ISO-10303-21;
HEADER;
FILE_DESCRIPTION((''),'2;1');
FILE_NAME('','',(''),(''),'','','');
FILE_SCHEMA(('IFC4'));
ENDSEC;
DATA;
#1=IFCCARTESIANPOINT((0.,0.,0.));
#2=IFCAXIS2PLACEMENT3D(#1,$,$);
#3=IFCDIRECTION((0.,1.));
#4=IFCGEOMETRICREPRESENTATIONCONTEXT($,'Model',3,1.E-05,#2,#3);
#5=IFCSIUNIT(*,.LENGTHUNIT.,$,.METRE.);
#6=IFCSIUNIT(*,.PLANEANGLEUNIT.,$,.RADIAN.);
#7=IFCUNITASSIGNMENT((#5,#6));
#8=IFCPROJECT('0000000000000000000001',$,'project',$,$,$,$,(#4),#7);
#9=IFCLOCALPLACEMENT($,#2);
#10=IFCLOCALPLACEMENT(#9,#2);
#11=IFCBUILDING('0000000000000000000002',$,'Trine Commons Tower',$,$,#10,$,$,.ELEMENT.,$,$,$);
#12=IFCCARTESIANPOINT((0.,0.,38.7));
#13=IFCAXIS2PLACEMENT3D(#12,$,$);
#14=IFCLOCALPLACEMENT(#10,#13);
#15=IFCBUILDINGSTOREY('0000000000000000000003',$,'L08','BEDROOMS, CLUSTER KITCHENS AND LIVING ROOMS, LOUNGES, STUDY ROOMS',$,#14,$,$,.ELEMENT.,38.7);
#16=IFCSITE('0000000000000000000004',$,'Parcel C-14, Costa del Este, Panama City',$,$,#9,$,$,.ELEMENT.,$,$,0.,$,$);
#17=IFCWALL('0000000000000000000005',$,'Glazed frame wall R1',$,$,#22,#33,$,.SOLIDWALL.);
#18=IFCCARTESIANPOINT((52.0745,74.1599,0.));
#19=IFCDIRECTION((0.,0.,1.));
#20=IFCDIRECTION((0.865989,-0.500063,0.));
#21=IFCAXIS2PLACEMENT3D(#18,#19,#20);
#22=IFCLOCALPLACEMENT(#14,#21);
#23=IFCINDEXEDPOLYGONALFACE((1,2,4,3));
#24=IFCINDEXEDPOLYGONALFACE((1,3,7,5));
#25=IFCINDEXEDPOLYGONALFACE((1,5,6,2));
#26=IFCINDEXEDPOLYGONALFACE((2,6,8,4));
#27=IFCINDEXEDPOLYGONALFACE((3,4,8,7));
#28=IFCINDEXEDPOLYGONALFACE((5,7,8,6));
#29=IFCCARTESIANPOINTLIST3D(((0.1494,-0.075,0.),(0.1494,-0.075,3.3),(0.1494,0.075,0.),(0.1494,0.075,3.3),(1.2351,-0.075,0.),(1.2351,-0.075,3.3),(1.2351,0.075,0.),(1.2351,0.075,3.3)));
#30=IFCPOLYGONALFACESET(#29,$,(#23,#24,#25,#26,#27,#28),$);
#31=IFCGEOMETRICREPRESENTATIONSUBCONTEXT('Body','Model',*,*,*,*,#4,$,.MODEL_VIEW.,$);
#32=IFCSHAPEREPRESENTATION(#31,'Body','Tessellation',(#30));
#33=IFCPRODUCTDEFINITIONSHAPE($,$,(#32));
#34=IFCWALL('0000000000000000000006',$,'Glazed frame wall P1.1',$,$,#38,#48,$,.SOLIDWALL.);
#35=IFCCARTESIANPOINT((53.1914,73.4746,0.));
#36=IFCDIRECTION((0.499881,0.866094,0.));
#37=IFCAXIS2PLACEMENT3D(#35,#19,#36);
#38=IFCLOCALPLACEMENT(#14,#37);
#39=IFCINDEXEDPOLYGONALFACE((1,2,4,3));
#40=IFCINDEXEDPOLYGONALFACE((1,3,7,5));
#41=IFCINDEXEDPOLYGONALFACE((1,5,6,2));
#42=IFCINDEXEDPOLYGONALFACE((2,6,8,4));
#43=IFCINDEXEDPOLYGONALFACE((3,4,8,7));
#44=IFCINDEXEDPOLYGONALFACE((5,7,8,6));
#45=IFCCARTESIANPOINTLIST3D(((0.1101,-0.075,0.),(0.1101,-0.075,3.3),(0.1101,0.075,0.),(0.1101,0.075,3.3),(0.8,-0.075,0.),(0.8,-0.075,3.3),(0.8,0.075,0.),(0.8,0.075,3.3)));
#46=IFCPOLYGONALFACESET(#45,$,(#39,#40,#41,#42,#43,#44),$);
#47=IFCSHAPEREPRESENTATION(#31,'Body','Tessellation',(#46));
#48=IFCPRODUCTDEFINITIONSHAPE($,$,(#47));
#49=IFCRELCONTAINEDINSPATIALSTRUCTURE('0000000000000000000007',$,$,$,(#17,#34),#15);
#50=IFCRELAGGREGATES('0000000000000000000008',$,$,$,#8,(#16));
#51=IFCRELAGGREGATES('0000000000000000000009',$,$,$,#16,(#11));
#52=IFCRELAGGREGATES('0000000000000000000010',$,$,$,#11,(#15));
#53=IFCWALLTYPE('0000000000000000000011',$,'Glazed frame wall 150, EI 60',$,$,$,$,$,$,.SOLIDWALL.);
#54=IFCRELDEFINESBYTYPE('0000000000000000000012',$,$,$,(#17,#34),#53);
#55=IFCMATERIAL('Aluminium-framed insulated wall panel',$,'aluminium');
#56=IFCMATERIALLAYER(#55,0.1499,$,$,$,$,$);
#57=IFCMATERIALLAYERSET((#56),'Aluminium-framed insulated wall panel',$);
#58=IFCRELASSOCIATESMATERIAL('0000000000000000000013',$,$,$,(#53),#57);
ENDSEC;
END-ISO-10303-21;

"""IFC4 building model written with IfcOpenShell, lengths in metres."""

from ifc_helpers import new_model, si_unit, direction, frame, origin, place, context, subcontext, project, spatial, polyline, outline, extrude, material, layer, layer_set, type_object, element, save


model = new_model("IFC4")

# Units and contexts
model_context = context("Model", 3, precision=1e-05, world=origin(), true_north=direction((0.0, 1.0)))
body_context = subcontext(model_context, "Body", "Model", "MODEL_VIEW")
ifc_project = project(units=[si_unit("LENGTHUNIT", "METRE"), si_unit("PLANEANGLEUNIT", "RADIAN")], contexts=[model_context])

# Site, building, storey
site_placement = place(None, origin())
site = spatial("IfcSite", under=ifc_project, at=site_placement, Name="Parcel C-14, Costa del Este, Panama City", CompositionType="ELEMENT", RefElevation=0.0)
building_placement = place(site_placement, origin())
building = spatial("IfcBuilding", under=site, at=building_placement, Name="Trine Commons Tower", CompositionType="ELEMENT")
storey_placement = place(building_placement, frame((0.0, 0.0, 38.7)))
storey = spatial("IfcBuildingStorey", under=building, at=storey_placement, Name="L08", Description="BEDROOMS, CLUSTER KITCHENS AND LIVING ROOMS, LOUNGES, STUDY ROOMS", CompositionType="ELEMENT", Elevation=38.7)

# Walls
ifc_material_1 = material(Name="Aluminium-framed insulated wall panel", Category="aluminium")
ifc_layer_1 = layer(ifc_material_1, 0.1499)
ifc_layer_set_1 = layer_set([ifc_layer_1], Name="Aluminium-framed insulated wall panel")
wall_type_1 = type_object("IfcWallType", Name="Glazed frame wall 150, EI 60", PredefinedType="SOLIDWALL", material=ifc_layer_set_1)
wall_1_placement = place(storey_placement, frame((52.0745, 74.1599, 0.0), z_axis=(0.0, 0.0, 1.0), x_axis=(0.865989, -0.500063, 0.0)))
element("IfcWall", 1, at=wall_1_placement, inside=storey, type_object=wall_type_1, Name="Glazed frame wall R1", PredefinedType="SOLIDWALL", context=body_context, shape_type="SweptSolid", body=[
    extrude(outline(polyline([(0.1494, 0.075), (0.1494, -0.075), (1.2351, -0.075), (1.2351, 0.075), (0.1494, 0.075)])), origin(), (0.0, 0.0, 1.0), 3.3),
])
wall_2_placement = place(storey_placement, frame((53.1914, 73.4746, 0.0), z_axis=(0.0, 0.0, 1.0), x_axis=(0.499881, 0.866094, 0.0)))
element("IfcWall", 2, at=wall_2_placement, inside=storey, type_object=wall_type_1, Name="Glazed frame wall P1.1", PredefinedType="SOLIDWALL", context=body_context, shape_type="SweptSolid", body=[
    extrude(outline(polyline([(0.1101, -0.075), (0.8, -0.075), (0.8, 0.075), (0.1101, 0.075), (0.1101, -0.075)])), origin(), (0.0, 0.0, 1.0), 3.3),
])

save(model, "model.ifc")
